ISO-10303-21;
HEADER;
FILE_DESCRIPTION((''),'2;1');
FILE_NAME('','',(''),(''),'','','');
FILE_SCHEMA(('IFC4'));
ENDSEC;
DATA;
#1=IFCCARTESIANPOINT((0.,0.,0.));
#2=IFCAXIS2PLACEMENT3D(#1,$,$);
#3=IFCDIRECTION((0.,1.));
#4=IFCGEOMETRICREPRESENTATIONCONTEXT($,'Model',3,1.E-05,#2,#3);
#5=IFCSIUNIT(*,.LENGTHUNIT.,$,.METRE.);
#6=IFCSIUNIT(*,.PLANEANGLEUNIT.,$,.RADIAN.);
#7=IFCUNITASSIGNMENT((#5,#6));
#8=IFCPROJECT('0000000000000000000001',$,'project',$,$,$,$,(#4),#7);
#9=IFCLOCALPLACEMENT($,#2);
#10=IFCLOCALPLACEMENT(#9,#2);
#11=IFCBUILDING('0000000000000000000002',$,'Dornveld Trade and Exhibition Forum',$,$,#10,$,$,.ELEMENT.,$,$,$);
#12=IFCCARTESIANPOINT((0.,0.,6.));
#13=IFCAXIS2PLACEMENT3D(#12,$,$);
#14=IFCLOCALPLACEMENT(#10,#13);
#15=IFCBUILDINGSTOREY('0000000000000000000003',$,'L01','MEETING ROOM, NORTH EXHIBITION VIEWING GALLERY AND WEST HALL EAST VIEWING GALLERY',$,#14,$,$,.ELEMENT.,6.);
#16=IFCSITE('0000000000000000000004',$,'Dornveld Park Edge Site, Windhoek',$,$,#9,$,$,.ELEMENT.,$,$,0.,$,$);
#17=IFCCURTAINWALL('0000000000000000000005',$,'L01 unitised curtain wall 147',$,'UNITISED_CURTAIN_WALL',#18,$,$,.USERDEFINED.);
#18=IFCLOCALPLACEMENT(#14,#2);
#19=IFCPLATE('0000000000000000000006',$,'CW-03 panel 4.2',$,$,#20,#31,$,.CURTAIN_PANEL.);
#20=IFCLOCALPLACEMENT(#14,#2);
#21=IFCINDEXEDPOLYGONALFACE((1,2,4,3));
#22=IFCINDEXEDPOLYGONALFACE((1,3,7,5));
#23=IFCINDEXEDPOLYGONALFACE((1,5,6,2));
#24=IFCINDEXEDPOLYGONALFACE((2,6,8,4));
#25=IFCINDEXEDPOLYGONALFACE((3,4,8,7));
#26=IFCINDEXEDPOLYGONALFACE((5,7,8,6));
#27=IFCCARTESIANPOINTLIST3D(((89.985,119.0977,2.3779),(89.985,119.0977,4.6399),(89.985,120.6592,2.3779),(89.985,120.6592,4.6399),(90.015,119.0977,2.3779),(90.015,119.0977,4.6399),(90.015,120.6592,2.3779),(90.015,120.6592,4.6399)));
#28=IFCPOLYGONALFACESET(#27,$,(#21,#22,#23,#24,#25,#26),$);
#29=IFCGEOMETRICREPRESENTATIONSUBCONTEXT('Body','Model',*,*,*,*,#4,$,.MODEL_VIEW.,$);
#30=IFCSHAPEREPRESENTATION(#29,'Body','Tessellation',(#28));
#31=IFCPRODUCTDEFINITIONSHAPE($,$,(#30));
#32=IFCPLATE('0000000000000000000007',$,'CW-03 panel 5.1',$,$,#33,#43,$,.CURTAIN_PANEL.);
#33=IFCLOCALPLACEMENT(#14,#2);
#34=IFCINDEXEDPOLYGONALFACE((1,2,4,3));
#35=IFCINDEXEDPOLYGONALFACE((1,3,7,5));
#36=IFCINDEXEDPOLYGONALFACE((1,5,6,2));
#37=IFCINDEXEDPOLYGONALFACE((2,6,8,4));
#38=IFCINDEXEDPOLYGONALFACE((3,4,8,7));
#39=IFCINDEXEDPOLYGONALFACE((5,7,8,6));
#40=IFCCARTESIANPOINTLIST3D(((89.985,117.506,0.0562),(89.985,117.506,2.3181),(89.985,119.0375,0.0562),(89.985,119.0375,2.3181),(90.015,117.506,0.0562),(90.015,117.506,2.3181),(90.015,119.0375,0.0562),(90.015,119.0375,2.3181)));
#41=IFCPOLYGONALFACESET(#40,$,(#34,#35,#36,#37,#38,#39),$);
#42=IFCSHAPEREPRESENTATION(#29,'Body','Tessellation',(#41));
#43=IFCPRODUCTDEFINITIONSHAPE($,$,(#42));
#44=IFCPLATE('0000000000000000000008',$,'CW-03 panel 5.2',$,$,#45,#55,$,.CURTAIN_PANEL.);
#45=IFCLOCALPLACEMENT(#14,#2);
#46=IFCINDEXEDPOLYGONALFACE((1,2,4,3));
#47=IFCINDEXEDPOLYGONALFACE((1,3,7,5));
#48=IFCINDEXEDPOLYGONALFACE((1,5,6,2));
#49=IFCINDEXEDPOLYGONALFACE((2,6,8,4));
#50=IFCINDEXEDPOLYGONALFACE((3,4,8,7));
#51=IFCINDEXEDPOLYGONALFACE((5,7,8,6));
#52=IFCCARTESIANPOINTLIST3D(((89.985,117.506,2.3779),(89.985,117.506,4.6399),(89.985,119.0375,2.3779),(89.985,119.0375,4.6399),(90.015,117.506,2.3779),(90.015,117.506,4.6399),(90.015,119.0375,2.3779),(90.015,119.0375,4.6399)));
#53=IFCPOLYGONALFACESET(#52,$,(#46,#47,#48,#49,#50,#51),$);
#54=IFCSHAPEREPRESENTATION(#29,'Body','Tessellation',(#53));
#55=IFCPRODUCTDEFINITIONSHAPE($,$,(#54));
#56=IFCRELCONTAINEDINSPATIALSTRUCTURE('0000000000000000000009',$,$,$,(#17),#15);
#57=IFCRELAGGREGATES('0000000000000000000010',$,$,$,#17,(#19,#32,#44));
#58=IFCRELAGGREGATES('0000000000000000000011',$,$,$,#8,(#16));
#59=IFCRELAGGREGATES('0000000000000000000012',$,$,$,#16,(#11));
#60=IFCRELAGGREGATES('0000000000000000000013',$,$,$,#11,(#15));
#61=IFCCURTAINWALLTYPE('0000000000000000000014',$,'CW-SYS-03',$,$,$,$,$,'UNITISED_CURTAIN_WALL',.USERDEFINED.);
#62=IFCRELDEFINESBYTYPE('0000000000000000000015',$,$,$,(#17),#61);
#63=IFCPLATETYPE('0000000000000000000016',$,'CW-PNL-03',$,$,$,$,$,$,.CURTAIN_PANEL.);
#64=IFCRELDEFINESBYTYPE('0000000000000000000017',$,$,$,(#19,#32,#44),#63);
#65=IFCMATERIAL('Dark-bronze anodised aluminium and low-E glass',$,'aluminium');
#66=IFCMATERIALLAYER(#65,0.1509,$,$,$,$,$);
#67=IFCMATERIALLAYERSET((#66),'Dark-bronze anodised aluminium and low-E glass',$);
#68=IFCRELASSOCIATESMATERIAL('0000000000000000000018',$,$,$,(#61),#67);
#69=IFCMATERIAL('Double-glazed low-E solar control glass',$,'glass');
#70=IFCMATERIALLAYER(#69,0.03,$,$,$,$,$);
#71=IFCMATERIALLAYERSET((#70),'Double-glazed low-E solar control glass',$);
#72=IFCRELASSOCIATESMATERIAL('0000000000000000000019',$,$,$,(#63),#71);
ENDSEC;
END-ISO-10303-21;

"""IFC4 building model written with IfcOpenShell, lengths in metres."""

from ifc_helpers import new_model, si_unit, direction, frame, origin, origin_2d, place, context, subcontext, project, spatial, rectangle, extrude, material, layer, layer_set, type_object, element, aggregate, save


model = new_model("IFC4")

# Units and contexts
model_context = context("Model", 3, precision=1e-05, world=origin(), true_north=direction((0.0, 1.0)))
body_context = subcontext(model_context, "Body", "Model", "MODEL_VIEW")
ifc_project = project(units=[si_unit("LENGTHUNIT", "METRE"), si_unit("PLANEANGLEUNIT", "RADIAN")], contexts=[model_context])

# Site, building, storey
site_placement = place(None, origin())
site = spatial("IfcSite", under=ifc_project, at=site_placement, Name="Dornveld Park Edge Site, Windhoek", CompositionType="ELEMENT", RefElevation=0.0)
building_placement = place(site_placement, origin())
building = spatial("IfcBuilding", under=site, at=building_placement, Name="Dornveld Trade and Exhibition Forum", CompositionType="ELEMENT")
storey_placement = place(building_placement, frame((0.0, 0.0, 6.0)))
storey = spatial("IfcBuildingStorey", under=building, at=storey_placement, Name="L01", Description="MEETING ROOM, NORTH EXHIBITION VIEWING GALLERY AND WEST HALL EAST VIEWING GALLERY", CompositionType="ELEMENT", Elevation=6.0)

# Curtain wall
ifc_material_1 = material(Name="Dark-bronze anodised aluminium and low-E glass", Category="aluminium")
ifc_layer_1 = layer(ifc_material_1, 0.1509)
ifc_layer_set_1 = layer_set([ifc_layer_1], Name="Dark-bronze anodised aluminium and low-E glass")
curtain_wall_type_1 = type_object("IfcCurtainWallType", Name="CW-SYS-03", ElementType="UNITISED_CURTAIN_WALL", PredefinedType="USERDEFINED", material=ifc_layer_set_1)
curtain_wall_1_placement = place(storey_placement, origin())
curtain_wall_1 = element("IfcCurtainWall", 1, at=curtain_wall_1_placement, inside=storey, type_object=curtain_wall_type_1, Name="L01 unitised curtain wall 147", ObjectType="UNITISED_CURTAIN_WALL", PredefinedType="USERDEFINED")

# Plates
ifc_material_2 = material(Name="Double-glazed low-E solar control glass", Category="glass")
ifc_layer_2 = layer(ifc_material_2, 0.03)
ifc_layer_set_2 = layer_set([ifc_layer_2], Name="Double-glazed low-E solar control glass")
plate_type_1 = type_object("IfcPlateType", Name="CW-PNL-03", PredefinedType="CURTAIN_PANEL", material=ifc_layer_set_2)
plate_1_placement = place(storey_placement, frame((90.0, 119.8784, 2.3779), z_axis=(0.0, 0.0, 1.0), x_axis=(0.0, -1.0, 0.0)))
plate_1 = element("IfcPlate", 2, at=plate_1_placement, type_object=plate_type_1, Name="CW-03 panel 4.2", PredefinedType="CURTAIN_PANEL", context=body_context, shape_type="SweptSolid", body=[
    extrude(rectangle(XDim=1.5615, YDim=0.03, at=origin_2d()), origin(), (0.0, 0.0, 1.0), 2.262),
])
plate_2_placement = place(storey_placement, frame((90.0, 118.2717, 0.0562), z_axis=(0.0, 0.0, 1.0), x_axis=(0.0, -1.0, 0.0)))
plate_2 = element("IfcPlate", 3, at=plate_2_placement, type_object=plate_type_1, Name="CW-03 panel 5.1", PredefinedType="CURTAIN_PANEL", context=body_context, shape_type="SweptSolid", body=[
    extrude(rectangle(XDim=1.5315, YDim=0.03, at=origin_2d()), origin(), (0.0, 0.0, 1.0), 2.262),
])
plate_3_placement = place(storey_placement, frame((90.0, 118.2717, 2.3779), z_axis=(0.0, 0.0, 1.0), x_axis=(0.0, -1.0, 0.0)))
plate_3 = element("IfcPlate", 4, at=plate_3_placement, type_object=plate_type_1, Name="CW-03 panel 5.2", PredefinedType="CURTAIN_PANEL", context=body_context, shape_type="SweptSolid", body=[
    extrude(rectangle(XDim=1.5315, YDim=0.03, at=origin_2d()), origin(), (0.0, 0.0, 1.0), 2.262),
])
aggregate(curtain_wall_1, [plate_1, plate_2, plate_3])

save(model, "model.ifc")
